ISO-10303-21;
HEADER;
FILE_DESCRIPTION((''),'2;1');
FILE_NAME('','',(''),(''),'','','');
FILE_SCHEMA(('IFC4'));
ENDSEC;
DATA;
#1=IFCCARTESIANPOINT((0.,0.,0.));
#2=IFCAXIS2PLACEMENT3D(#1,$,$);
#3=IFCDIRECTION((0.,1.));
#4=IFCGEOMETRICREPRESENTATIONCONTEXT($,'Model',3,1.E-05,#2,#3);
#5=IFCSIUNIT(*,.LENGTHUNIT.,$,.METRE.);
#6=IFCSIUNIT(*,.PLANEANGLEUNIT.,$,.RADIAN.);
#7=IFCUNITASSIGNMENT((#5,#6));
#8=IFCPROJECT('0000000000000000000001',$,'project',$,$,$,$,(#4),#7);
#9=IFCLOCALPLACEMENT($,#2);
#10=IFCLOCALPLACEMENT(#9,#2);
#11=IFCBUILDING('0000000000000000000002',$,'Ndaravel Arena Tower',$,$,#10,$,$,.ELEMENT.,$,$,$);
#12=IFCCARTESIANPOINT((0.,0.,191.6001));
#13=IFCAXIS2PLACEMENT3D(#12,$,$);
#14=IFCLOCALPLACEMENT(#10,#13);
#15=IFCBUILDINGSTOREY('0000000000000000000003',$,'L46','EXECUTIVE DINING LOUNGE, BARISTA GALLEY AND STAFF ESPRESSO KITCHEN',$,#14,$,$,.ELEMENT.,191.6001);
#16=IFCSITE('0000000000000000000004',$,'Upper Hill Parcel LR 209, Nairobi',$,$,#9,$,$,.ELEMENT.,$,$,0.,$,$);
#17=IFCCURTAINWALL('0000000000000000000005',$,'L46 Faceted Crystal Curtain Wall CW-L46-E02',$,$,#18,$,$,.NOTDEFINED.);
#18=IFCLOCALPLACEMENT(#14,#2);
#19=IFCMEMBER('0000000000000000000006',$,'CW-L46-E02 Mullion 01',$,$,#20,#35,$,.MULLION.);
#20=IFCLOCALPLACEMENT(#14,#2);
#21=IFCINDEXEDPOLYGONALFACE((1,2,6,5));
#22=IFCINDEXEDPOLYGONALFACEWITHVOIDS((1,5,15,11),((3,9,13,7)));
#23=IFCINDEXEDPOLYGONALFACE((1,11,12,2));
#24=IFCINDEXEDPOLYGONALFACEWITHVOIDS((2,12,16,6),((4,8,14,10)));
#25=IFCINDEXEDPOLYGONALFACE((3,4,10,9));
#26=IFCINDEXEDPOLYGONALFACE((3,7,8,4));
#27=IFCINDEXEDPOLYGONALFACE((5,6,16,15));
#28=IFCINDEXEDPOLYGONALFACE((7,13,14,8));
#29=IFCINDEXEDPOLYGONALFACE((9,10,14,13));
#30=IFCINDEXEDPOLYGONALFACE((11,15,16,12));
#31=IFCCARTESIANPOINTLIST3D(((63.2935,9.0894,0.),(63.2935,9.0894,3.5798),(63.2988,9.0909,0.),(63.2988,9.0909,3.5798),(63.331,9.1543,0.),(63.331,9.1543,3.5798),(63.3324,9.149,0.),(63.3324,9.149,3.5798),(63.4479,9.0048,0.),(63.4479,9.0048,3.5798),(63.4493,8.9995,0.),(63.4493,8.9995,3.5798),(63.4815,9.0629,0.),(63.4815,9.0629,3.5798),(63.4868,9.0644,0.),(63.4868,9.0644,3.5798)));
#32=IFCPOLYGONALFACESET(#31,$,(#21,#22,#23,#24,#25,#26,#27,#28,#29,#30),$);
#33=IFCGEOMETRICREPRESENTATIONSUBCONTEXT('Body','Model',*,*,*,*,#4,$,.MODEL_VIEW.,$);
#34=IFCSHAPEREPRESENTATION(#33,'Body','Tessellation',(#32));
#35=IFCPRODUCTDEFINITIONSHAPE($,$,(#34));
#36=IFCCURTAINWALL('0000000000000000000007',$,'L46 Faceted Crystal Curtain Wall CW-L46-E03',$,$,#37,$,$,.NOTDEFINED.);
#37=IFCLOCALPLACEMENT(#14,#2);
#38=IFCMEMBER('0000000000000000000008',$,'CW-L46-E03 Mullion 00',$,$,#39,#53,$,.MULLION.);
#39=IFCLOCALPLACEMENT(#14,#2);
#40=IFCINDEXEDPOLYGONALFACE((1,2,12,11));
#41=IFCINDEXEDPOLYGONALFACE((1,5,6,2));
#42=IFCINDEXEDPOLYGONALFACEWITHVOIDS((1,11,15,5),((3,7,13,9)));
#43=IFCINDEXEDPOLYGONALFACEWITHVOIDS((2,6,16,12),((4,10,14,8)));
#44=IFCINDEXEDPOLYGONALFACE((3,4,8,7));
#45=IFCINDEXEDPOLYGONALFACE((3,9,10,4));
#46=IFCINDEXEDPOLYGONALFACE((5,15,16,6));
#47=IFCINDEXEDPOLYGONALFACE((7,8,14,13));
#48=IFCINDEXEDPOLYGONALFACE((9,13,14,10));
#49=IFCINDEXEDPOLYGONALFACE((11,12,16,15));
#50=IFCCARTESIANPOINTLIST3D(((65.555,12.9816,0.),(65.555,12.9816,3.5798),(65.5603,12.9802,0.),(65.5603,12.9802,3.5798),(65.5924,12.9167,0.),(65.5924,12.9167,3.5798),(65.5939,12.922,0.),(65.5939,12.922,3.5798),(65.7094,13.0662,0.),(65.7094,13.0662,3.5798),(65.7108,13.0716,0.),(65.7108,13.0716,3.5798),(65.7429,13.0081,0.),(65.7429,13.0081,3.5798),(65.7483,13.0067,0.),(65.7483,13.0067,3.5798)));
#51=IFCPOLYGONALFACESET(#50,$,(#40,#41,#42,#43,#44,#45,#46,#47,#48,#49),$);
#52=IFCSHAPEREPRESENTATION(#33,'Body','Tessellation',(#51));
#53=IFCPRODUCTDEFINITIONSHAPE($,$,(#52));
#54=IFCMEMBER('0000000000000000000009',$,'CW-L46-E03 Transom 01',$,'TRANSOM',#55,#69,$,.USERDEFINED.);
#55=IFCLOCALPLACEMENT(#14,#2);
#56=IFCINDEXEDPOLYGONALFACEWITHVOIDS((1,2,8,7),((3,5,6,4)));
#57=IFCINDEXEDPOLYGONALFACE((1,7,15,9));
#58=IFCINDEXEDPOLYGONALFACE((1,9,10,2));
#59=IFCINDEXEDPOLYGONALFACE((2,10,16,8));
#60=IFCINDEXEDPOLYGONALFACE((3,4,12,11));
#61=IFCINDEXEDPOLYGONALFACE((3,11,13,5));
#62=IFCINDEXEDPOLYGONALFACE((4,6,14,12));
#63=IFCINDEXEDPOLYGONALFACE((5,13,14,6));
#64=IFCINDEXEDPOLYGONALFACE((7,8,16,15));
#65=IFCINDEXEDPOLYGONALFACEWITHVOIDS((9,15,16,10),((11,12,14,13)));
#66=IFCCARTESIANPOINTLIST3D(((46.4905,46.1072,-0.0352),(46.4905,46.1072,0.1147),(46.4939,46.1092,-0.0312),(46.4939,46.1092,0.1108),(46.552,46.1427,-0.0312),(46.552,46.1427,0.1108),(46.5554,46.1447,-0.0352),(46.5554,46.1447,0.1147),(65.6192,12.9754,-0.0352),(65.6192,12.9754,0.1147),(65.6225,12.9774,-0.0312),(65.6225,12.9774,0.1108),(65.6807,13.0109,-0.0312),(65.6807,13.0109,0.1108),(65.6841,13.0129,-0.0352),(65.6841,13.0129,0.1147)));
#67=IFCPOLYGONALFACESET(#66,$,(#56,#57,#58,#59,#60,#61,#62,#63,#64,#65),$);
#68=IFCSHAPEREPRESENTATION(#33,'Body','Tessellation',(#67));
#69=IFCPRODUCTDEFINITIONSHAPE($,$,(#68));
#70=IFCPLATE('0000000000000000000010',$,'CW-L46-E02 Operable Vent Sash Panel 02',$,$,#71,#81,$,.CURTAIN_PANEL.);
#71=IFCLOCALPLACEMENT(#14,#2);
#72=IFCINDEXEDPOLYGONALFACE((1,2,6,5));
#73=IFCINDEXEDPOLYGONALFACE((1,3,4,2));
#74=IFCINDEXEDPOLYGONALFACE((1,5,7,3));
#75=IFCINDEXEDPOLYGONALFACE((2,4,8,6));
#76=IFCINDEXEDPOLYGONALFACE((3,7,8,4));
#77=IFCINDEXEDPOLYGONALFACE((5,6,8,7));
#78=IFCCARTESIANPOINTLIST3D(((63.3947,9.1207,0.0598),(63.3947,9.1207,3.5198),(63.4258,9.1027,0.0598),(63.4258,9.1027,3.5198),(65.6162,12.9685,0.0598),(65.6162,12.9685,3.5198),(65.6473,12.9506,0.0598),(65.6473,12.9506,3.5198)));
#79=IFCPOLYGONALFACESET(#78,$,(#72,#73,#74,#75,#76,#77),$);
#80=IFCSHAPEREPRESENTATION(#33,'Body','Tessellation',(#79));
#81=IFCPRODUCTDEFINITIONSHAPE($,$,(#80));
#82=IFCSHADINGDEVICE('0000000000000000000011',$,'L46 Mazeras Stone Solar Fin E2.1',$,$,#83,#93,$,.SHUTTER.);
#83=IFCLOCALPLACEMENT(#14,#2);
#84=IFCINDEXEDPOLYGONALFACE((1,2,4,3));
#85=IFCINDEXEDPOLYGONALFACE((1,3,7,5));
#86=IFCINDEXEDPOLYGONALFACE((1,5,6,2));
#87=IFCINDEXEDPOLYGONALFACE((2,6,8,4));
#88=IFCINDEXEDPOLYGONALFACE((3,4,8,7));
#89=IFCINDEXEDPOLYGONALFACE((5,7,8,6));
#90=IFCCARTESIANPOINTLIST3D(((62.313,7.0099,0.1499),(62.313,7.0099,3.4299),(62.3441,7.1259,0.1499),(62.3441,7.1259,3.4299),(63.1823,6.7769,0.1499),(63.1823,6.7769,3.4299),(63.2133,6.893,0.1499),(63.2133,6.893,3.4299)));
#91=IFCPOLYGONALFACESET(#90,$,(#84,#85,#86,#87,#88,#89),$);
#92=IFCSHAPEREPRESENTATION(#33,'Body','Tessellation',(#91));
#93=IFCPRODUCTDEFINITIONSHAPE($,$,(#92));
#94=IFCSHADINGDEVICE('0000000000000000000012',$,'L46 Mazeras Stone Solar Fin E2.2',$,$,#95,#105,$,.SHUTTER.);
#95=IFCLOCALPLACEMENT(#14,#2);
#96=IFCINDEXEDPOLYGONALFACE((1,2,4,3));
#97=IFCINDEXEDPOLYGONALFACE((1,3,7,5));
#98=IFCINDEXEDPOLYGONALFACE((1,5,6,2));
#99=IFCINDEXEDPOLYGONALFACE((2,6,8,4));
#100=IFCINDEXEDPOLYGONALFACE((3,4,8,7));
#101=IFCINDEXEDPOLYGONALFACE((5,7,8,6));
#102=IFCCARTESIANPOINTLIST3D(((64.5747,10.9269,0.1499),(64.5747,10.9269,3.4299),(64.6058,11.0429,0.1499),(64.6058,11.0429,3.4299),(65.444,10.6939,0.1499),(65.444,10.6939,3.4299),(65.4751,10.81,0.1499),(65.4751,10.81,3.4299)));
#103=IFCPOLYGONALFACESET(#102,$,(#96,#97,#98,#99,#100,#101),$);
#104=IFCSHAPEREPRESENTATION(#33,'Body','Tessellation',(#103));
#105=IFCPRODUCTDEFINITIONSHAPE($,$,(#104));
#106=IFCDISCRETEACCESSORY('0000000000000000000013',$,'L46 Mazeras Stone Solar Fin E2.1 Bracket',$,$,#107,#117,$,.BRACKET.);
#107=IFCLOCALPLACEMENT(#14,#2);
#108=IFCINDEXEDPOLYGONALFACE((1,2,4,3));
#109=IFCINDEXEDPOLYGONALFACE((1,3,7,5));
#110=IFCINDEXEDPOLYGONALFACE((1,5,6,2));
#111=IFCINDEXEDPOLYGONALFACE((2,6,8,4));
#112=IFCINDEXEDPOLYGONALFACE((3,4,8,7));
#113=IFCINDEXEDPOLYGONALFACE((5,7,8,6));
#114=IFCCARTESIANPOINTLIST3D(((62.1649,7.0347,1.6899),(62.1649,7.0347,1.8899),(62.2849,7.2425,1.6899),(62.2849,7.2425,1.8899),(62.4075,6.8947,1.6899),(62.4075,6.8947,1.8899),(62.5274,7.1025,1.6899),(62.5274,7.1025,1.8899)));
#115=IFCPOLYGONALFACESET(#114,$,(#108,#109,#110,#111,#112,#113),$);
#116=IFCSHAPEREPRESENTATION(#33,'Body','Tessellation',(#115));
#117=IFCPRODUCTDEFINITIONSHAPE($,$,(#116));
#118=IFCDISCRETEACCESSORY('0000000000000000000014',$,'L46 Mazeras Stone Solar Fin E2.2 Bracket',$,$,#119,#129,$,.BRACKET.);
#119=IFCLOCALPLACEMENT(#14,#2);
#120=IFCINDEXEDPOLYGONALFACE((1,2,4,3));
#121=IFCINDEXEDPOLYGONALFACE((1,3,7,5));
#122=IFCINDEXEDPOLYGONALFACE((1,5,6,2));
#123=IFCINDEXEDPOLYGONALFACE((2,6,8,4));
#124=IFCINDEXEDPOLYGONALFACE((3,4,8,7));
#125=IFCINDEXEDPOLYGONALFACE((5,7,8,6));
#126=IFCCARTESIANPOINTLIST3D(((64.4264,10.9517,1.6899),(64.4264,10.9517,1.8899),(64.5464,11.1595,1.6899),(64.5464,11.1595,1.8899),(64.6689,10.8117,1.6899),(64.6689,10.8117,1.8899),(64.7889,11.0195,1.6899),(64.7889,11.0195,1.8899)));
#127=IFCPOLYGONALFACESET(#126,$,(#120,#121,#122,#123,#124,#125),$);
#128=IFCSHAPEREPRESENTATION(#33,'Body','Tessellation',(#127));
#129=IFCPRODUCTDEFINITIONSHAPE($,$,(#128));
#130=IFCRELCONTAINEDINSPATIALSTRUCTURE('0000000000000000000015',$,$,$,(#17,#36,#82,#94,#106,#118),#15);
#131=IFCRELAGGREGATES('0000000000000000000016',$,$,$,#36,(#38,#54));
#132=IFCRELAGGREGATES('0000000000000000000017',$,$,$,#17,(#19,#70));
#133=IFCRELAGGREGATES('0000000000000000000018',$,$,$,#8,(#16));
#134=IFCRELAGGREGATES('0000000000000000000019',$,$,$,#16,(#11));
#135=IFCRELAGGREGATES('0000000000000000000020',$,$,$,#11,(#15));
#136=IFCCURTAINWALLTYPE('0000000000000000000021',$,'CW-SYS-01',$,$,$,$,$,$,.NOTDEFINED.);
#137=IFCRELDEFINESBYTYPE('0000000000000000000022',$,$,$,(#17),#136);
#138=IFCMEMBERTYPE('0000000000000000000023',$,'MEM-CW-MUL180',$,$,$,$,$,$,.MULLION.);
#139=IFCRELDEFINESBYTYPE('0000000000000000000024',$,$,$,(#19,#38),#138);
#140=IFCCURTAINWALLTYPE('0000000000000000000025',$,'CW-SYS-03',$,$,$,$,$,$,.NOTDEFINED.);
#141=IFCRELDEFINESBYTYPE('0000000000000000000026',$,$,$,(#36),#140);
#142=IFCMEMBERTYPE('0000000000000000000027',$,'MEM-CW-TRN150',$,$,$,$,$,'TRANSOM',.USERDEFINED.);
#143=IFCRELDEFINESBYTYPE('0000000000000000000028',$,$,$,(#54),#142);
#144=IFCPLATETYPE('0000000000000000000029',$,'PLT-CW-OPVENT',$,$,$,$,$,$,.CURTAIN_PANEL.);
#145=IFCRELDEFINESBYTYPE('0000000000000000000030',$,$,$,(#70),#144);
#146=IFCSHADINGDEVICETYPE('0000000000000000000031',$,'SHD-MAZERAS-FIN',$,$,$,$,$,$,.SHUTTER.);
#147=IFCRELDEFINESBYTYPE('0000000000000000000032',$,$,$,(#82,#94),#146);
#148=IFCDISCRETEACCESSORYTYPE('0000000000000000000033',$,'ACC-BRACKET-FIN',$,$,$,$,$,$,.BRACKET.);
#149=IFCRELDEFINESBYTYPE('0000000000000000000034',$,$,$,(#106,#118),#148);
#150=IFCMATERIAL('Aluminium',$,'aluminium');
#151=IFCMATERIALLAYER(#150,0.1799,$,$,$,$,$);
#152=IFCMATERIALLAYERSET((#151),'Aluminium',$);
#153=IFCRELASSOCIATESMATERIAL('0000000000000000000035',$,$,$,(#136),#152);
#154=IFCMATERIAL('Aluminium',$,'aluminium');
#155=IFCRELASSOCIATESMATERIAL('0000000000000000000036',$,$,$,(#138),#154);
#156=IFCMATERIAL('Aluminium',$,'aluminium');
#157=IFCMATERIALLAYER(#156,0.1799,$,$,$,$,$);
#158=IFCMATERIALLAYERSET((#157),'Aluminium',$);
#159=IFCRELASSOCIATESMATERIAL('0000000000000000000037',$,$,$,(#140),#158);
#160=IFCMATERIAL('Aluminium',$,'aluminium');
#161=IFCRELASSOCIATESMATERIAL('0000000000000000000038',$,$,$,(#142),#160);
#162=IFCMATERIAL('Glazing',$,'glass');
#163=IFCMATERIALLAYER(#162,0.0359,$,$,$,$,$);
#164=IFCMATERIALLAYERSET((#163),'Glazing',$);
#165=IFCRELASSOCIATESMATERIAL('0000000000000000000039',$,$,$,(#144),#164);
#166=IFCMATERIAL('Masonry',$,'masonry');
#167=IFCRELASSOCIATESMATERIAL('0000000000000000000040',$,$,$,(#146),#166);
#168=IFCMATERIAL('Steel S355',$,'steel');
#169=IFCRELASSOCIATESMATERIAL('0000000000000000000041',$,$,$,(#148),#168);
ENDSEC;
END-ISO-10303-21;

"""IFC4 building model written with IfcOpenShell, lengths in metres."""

from ifc_helpers import new_model, si_unit, direction, frame, origin, origin_2d, place, context, subcontext, project, spatial, rectangle, hollow_rectangle, extrude, material, layer, layer_set, material_profile, profile_set, type_object, element, aggregate, save


model = new_model("IFC4")

# Units and contexts
model_context = context("Model", 3, precision=1e-05, world=origin(), true_north=direction((0.0, 1.0)))
body_context = subcontext(model_context, "Body", "Model", "MODEL_VIEW")
ifc_project = project(units=[si_unit("LENGTHUNIT", "METRE"), si_unit("PLANEANGLEUNIT", "RADIAN")], contexts=[model_context])

# Site, building, storey
site_placement = place(None, origin())
site = spatial("IfcSite", under=ifc_project, at=site_placement, Name="Upper Hill Parcel LR 209, Nairobi", CompositionType="ELEMENT", RefElevation=0.0)
building_placement = place(site_placement, origin())
building = spatial("IfcBuilding", under=site, at=building_placement, Name="Ndaravel Arena Tower", CompositionType="ELEMENT")
storey_placement = place(building_placement, frame((0.0, 0.0, 191.6001)))
storey = spatial("IfcBuildingStorey", under=building, at=storey_placement, Name="L46", Description="EXECUTIVE DINING LOUNGE, BARISTA GALLEY AND STAFF ESPRESSO KITCHEN", CompositionType="ELEMENT", Elevation=191.6001)

# Curtain wall, member
ifc_material_1 = material(Name="Aluminium", Category="aluminium")
ifc_layer_1 = layer(ifc_material_1, 0.1799)
ifc_layer_set_1 = layer_set([ifc_layer_1], Name="Aluminium")
curtain_wall_type_1 = type_object("IfcCurtainWallType", Name="CW-SYS-01", PredefinedType="NOTDEFINED", material=ifc_layer_set_1)
curtain_wall_1_placement = place(storey_placement, origin())
curtain_wall_1 = element("IfcCurtainWall", 1, at=curtain_wall_1_placement, inside=storey, type_object=curtain_wall_type_1, Name="L46 Faceted Crystal Curtain Wall CW-L46-E02", PredefinedType="NOTDEFINED")
ifc_material_2 = material(Name="Aluminium", Category="aluminium")
ifc_material_profile_1 = material_profile(ifc_material_2, hollow_rectangle(XDim=0.075, YDim=0.1799, WallThickness=0.0039, at=origin_2d()), Name="CW MULLION 75x180x4")
ifc_profile_set_1 = profile_set([ifc_material_profile_1], Name="Aluminium")
member_type_1 = type_object("IfcMemberType", Name="MEM-CW-MUL180", PredefinedType="MULLION", material=ifc_profile_set_1)
member_1_placement = place(storey_placement, frame((63.3901, 9.0769, 0.0), z_axis=(0.0, 0.0, 1.0), x_axis=(0.5, 0.866025, 0.0)))
member_1 = element("IfcMember", 2, at=member_1_placement, type_object=member_type_1, Name="CW-L46-E02 Mullion 01", PredefinedType="MULLION", context=body_context, shape_type="SweptSolid", body=[
    extrude(hollow_rectangle(XDim=0.075, YDim=0.1799, WallThickness=0.0039, at=origin_2d()), origin(), (0.0, 0.0, 1.0), 3.5798),
])

# Curtain wall, members
ifc_material_3 = material(Name="Aluminium", Category="aluminium")
ifc_layer_2 = layer(ifc_material_3, 0.1799)
ifc_layer_set_2 = layer_set([ifc_layer_2], Name="Aluminium")
curtain_wall_type_2 = type_object("IfcCurtainWallType", Name="CW-SYS-03", PredefinedType="NOTDEFINED", material=ifc_layer_set_2)
curtain_wall_2_placement = place(storey_placement, origin())
curtain_wall_2 = element("IfcCurtainWall", 3, at=curtain_wall_2_placement, inside=storey, type_object=curtain_wall_type_2, Name="L46 Faceted Crystal Curtain Wall CW-L46-E03", PredefinedType="NOTDEFINED")
member_2_placement = place(storey_placement, frame((65.6516, 12.9941, 0.0), z_axis=(0.0, 0.0, 1.0), x_axis=(-0.5, 0.866025, 0.0)))
member_2 = element("IfcMember", 4, at=member_2_placement, type_object=member_type_1, Name="CW-L46-E03 Mullion 00", PredefinedType="MULLION", context=body_context, shape_type="SweptSolid", body=[
    extrude(hollow_rectangle(XDim=0.075, YDim=0.1799, WallThickness=0.0039, at=origin_2d()), origin(), (0.0, 0.0, 1.0), 3.5798),
])
ifc_material_4 = material(Name="Aluminium", Category="aluminium")
ifc_material_profile_2 = material_profile(ifc_material_4, hollow_rectangle(XDim=0.075, YDim=0.1499, WallThickness=0.0039, at=origin_2d()), Name="CW TRANSOM 75x150x4")
ifc_profile_set_2 = profile_set([ifc_material_profile_2], Name="Aluminium")
member_type_2 = type_object("IfcMemberType", Name="MEM-CW-TRN150", ElementType="TRANSOM", PredefinedType="USERDEFINED", material=ifc_profile_set_2)
member_3_placement = place(storey_placement, frame((65.6516, 12.9941, 0.0398), z_axis=(-0.5, 0.866026, 0.0), x_axis=(-0.866026, -0.5, 0.0)))
member_3 = element("IfcMember", 5, at=member_3_placement, type_object=member_type_2, Name="CW-L46-E03 Transom 01", ObjectType="TRANSOM", PredefinedType="USERDEFINED", context=body_context, shape_type="SweptSolid", body=[
    extrude(hollow_rectangle(XDim=0.075, YDim=0.1499, WallThickness=0.0039, at=origin_2d()), origin(), (0.0, 0.0, 1.0), 38.2573),
])
aggregate(curtain_wall_2, [member_2, member_3])

# Plate
ifc_material_5 = material(Name="Glazing", Category="glass")
ifc_layer_3 = layer(ifc_material_5, 0.0359)
ifc_layer_set_3 = layer_set([ifc_layer_3], Name="Glazing")
plate_type = type_object("IfcPlateType", Name="PLT-CW-OPVENT", PredefinedType="CURTAIN_PANEL", material=ifc_layer_set_3)
plate_placement = place(storey_placement, frame((64.521, 11.0356, 0.0598), z_axis=(0.0, 0.0, 1.0), x_axis=(0.5, 0.866025, 0.0)))
plate = element("IfcPlate", 6, at=plate_placement, type_object=plate_type, Name="CW-L46-E02 Operable Vent Sash Panel 02", PredefinedType="CURTAIN_PANEL", context=body_context, shape_type="SweptSolid", body=[
    extrude(rectangle(XDim=4.4431, YDim=0.0359, at=origin_2d()), origin(), (0.0, 0.0, 1.0), 3.46),
])
aggregate(curtain_wall_1, [member_1, plate])

# Shading devices
ifc_material_6 = material(Name="Masonry", Category="masonry")
shading_device_type = type_object("IfcShadingDeviceType", Name="SHD-MAZERAS-FIN", PredefinedType="SHUTTER", material=ifc_material_6)
for number, where, z_axis, x_axis, name in (
    (7, (62.7632, 6.9514, 0.1499), (0.0, 0.0, 1.0), (0.965926, -0.258819, 0.0), "L46 Mazeras Stone Solar Fin E2.1"),
    (8, (65.0249, 10.8684, 0.1499), (0.0, 0.0, 1.0), (0.965926, -0.258819, 0.0), "L46 Mazeras Stone Solar Fin E2.2"),
):
    element("IfcShadingDevice", number, at=place(storey_placement, frame(where, z_axis=z_axis, x_axis=x_axis)), inside=storey, type_object=shading_device_type, Name=name, PredefinedType="SHUTTER", context=body_context, shape_type="SweptSolid", body=[
        extrude(rectangle(XDim=0.8999, YDim=0.1201, at=origin_2d()), origin(), (0.0, 0.0, 1.0), 3.28),
    ])

# Discrete accessories
ifc_material_7 = material(Name="Steel S355", Category="steel")
discrete_accessory_type = type_object("IfcDiscreteAccessoryType", Name="ACC-BRACKET-FIN", PredefinedType="BRACKET", material=ifc_material_7)
for number, where, z_axis, x_axis, name in (
    (9, (62.3462, 7.0686, 1.6899), (0.0, 0.0, 1.0), (0.866025, -0.5, 0.0), "L46 Mazeras Stone Solar Fin E2.1 Bracket"),
    (10, (64.6077, 10.9856, 1.6899), (0.0, 0.0, 1.0), (0.866025, -0.5, 0.0), "L46 Mazeras Stone Solar Fin E2.2 Bracket"),
):
    element("IfcDiscreteAccessory", number, at=place(storey_placement, frame(where, z_axis=z_axis, x_axis=x_axis)), inside=storey, type_object=discrete_accessory_type, Name=name, PredefinedType="BRACKET", context=body_context, shape_type="SweptSolid", body=[
        extrude(rectangle(XDim=0.28, YDim=0.24, at=origin_2d()), origin(), (0.0, 0.0, 1.0), 0.2),
    ])

save(model, "model.ifc")
